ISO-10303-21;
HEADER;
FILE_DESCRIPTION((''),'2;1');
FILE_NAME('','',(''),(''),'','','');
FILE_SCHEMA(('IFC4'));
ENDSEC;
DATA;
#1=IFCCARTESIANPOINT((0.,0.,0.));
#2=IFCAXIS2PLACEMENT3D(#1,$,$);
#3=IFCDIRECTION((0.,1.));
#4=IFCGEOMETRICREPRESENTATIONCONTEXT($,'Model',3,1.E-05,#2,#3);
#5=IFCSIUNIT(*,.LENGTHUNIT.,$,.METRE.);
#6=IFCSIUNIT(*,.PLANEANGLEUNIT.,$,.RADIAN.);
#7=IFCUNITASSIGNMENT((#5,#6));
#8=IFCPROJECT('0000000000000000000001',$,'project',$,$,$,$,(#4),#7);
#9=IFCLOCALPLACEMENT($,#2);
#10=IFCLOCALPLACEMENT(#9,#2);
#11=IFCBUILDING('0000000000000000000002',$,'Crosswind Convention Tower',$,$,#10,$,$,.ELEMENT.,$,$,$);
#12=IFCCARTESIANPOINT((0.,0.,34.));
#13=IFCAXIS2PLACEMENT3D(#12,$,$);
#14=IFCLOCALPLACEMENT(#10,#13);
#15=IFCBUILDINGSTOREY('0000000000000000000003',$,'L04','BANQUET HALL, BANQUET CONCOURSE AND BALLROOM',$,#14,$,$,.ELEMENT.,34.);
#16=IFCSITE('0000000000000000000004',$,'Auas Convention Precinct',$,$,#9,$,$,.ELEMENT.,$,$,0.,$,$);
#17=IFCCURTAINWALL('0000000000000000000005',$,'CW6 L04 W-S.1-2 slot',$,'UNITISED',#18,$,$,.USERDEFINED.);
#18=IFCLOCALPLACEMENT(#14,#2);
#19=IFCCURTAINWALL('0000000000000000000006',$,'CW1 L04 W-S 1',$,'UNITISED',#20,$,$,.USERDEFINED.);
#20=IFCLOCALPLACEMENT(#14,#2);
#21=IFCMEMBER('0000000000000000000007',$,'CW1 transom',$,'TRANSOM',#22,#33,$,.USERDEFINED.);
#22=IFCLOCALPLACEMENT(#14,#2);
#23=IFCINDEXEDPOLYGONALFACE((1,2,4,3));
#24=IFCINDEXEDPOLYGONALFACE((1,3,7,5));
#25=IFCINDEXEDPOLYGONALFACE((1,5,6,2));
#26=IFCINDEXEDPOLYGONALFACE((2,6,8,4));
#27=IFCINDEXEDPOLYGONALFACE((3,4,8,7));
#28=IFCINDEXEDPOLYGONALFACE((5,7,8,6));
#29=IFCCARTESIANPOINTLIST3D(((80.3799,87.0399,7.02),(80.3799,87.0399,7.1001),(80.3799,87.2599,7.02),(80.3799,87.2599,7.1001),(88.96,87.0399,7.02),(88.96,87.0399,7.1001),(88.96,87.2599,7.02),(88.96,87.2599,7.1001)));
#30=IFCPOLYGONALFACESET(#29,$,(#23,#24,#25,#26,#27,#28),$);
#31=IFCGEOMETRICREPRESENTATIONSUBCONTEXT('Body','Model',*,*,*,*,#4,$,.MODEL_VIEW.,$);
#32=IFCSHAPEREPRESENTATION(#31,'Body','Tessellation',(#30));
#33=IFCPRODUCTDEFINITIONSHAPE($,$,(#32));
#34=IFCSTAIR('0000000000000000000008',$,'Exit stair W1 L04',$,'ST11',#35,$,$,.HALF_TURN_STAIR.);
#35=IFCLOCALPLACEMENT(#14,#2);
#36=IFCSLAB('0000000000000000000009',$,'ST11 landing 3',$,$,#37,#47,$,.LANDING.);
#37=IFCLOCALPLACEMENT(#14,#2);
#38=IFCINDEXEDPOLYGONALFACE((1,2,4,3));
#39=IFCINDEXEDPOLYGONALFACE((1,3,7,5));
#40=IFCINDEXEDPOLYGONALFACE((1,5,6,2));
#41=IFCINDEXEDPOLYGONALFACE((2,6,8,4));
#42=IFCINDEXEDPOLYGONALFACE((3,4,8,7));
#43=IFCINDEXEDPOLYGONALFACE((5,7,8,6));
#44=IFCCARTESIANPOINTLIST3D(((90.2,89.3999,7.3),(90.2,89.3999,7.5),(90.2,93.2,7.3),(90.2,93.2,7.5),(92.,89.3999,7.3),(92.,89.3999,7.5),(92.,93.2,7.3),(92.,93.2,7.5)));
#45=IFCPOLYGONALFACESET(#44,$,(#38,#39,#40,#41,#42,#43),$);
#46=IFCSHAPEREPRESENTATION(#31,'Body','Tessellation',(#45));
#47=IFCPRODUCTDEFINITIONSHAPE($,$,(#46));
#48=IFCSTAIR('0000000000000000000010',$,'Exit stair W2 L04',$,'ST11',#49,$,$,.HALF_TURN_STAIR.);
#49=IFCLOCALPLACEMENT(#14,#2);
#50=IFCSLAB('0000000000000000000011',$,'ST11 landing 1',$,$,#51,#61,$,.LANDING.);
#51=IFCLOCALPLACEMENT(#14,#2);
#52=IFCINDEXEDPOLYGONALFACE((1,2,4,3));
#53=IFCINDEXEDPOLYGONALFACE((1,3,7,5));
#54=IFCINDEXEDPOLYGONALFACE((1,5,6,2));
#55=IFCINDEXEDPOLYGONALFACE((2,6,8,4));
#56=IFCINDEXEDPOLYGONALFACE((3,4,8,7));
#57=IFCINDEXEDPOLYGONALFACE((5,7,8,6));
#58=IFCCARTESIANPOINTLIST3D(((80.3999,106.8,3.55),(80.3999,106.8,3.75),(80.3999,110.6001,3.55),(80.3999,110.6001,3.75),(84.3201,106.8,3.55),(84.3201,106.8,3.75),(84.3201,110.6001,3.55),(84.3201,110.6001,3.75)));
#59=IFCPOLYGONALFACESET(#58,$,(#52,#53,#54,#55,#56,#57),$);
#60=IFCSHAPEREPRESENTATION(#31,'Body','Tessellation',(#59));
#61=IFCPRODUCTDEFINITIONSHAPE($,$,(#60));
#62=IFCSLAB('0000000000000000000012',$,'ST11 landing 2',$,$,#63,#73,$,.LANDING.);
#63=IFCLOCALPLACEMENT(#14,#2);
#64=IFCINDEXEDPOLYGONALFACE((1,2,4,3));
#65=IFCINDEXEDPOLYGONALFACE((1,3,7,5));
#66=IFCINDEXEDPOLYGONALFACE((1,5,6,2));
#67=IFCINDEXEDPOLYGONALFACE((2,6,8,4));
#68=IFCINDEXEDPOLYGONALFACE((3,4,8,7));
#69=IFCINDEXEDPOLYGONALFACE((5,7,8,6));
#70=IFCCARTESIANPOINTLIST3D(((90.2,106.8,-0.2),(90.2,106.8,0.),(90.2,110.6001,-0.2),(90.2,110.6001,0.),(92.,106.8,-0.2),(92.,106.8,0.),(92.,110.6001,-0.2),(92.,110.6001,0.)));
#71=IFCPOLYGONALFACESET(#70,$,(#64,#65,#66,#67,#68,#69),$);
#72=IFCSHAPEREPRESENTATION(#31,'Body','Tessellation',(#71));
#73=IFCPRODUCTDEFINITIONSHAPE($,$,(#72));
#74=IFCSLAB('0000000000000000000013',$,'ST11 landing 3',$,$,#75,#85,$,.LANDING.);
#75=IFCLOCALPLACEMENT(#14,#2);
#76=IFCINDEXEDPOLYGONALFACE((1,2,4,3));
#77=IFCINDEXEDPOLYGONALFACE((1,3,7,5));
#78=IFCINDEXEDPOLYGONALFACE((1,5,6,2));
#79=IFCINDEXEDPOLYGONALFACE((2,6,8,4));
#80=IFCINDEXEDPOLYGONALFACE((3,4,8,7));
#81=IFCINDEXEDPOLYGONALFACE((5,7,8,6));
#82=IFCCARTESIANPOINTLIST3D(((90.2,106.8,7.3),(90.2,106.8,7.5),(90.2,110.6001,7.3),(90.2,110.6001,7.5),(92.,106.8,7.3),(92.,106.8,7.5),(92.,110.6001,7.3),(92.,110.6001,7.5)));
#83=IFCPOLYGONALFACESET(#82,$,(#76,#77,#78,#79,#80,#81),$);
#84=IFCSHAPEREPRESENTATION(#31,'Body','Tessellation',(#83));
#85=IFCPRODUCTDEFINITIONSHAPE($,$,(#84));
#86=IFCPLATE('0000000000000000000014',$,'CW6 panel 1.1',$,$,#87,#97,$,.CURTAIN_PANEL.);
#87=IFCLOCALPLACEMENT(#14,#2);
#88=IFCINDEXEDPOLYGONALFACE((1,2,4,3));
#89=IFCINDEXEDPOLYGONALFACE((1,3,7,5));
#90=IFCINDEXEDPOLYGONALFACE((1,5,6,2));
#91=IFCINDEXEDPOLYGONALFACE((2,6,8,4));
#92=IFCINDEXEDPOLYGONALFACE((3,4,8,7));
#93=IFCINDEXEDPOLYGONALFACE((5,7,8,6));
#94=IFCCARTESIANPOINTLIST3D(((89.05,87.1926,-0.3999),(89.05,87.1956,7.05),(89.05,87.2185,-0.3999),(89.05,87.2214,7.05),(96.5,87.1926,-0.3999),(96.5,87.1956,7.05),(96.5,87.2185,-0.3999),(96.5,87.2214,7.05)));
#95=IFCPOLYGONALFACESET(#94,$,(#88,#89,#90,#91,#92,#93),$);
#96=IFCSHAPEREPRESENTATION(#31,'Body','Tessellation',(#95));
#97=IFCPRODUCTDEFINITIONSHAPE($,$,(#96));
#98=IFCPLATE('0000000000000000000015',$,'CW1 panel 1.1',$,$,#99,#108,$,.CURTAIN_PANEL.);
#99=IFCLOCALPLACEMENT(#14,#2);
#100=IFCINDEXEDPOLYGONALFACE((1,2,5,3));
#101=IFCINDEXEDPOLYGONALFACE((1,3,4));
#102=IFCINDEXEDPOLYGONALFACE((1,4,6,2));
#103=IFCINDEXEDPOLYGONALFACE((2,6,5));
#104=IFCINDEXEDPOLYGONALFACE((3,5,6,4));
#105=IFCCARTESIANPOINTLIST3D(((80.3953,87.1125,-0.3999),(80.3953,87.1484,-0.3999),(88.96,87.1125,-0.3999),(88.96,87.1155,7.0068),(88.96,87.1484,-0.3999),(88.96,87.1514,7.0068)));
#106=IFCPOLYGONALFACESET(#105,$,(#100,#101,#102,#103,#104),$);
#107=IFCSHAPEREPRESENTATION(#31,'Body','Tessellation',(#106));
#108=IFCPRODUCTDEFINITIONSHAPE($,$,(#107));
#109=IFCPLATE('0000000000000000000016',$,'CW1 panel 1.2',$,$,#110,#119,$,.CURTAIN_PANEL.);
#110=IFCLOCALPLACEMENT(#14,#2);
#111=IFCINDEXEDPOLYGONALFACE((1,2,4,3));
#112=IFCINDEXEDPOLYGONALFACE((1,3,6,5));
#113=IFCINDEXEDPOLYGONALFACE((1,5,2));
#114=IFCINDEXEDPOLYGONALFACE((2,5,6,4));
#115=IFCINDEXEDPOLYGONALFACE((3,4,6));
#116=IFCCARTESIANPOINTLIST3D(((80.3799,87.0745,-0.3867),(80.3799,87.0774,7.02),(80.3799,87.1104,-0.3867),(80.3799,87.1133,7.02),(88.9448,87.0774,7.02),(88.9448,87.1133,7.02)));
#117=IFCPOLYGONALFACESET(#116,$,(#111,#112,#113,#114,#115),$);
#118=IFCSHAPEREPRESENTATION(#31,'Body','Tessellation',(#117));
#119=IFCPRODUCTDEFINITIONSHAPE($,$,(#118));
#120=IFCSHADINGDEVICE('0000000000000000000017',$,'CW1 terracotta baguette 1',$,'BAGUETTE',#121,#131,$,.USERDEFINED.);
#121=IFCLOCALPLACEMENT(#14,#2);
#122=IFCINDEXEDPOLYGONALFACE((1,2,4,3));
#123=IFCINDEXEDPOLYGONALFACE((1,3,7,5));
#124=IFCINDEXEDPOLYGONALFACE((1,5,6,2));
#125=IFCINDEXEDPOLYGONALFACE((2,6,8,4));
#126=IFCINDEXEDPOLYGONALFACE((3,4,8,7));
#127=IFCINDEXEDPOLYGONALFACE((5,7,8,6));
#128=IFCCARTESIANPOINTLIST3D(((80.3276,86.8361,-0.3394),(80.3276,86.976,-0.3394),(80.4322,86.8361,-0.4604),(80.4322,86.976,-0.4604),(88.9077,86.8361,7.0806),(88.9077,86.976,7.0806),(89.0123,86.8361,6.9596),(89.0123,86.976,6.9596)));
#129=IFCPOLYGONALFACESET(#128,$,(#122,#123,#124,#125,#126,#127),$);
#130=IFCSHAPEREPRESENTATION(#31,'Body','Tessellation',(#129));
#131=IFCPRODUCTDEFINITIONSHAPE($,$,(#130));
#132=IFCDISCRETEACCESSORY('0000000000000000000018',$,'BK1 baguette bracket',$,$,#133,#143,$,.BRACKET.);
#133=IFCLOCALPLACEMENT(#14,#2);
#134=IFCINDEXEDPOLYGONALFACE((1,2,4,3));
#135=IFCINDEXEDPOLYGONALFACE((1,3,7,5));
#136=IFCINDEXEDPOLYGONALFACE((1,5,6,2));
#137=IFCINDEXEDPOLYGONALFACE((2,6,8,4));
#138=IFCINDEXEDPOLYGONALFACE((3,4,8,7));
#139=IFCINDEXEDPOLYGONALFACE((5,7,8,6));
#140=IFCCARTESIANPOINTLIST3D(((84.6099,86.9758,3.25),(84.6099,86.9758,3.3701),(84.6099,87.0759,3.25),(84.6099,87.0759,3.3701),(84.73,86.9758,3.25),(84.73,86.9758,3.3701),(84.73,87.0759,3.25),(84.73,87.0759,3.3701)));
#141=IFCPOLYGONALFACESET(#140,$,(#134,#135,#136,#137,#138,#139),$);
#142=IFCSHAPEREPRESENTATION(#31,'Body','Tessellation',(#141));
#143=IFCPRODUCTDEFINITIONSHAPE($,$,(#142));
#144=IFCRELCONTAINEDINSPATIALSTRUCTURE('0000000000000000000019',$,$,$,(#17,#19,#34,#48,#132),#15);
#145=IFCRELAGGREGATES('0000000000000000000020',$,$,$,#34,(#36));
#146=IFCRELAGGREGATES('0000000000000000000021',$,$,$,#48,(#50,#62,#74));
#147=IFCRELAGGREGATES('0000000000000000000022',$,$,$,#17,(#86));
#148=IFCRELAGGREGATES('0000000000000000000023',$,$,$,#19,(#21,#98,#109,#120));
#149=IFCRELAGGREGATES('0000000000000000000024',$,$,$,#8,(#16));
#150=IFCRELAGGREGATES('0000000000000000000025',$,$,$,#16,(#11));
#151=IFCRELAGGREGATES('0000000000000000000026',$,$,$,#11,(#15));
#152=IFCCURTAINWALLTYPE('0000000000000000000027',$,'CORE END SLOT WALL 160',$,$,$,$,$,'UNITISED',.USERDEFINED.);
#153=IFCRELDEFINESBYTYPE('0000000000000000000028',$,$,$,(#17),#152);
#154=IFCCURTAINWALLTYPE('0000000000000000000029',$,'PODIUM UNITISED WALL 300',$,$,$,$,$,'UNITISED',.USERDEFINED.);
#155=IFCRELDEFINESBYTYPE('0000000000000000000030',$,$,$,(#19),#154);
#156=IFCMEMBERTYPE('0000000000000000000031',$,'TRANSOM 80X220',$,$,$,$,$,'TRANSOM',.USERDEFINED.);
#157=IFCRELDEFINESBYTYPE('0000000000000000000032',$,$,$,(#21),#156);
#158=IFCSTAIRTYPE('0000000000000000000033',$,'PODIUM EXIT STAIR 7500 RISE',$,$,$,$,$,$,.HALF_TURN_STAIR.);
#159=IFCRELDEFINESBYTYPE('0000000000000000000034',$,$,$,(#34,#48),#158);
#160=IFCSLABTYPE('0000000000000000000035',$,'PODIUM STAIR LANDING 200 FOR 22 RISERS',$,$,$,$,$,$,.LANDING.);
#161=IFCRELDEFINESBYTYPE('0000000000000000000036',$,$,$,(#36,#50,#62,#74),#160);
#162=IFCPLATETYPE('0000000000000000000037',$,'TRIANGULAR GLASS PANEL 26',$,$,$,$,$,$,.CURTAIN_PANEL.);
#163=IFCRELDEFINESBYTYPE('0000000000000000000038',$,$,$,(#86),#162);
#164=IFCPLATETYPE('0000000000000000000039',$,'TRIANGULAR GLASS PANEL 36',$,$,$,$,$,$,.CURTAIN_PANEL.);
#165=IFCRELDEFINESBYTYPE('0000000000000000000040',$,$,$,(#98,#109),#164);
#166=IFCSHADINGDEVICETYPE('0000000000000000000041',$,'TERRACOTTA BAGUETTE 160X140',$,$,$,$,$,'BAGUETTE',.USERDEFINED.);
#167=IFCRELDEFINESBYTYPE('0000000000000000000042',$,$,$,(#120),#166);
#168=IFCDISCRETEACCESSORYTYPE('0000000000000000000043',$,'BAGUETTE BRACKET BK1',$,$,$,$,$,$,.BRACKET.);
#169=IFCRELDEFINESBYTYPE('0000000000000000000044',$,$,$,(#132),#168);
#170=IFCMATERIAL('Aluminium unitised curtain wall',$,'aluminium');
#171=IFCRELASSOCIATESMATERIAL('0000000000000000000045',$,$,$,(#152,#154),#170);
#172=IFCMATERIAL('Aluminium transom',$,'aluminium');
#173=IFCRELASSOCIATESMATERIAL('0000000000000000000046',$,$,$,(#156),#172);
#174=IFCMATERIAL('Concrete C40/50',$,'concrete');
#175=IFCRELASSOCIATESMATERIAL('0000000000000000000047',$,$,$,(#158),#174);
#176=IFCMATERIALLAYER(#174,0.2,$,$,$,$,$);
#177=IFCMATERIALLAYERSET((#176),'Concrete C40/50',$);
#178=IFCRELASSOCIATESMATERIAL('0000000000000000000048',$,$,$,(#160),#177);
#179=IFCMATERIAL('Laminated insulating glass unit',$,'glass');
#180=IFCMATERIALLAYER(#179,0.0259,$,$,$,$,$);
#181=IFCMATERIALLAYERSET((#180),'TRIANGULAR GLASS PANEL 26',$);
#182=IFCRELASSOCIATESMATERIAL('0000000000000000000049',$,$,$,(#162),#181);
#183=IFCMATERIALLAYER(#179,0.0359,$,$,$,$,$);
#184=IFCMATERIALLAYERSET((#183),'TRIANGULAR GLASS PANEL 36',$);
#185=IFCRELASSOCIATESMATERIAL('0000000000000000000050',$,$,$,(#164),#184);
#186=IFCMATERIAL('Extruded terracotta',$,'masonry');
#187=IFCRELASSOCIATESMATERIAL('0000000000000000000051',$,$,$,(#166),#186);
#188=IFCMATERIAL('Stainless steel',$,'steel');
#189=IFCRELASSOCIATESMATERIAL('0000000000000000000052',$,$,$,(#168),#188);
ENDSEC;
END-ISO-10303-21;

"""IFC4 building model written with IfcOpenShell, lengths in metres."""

from ifc_helpers import new_model, si_unit, direction, frame, origin, origin_2d, place, context, subcontext, project, spatial, polyline, rectangle, outline, extrude, material, layer, layer_set, material_profile, profile_set, type_object, element, aggregate, save


model = new_model("IFC4")

# Units and contexts
model_context = context("Model", 3, precision=1e-05, world=origin(), true_north=direction((0.0, 1.0)))
body_context = subcontext(model_context, "Body", "Model", "MODEL_VIEW")
ifc_project = project(units=[si_unit("LENGTHUNIT", "METRE"), si_unit("PLANEANGLEUNIT", "RADIAN")], contexts=[model_context])

# Site, building, storey
site_placement = place(None, origin())
site = spatial("IfcSite", under=ifc_project, at=site_placement, Name="Auas Convention Precinct", CompositionType="ELEMENT", RefElevation=0.0)
building_placement = place(site_placement, origin())
building = spatial("IfcBuilding", under=site, at=building_placement, Name="Crosswind Convention Tower", CompositionType="ELEMENT")
storey_placement = place(building_placement, frame((0.0, 0.0, 34.0)))
storey = spatial("IfcBuildingStorey", under=building, at=storey_placement, Name="L04", Description="BANQUET HALL, BANQUET CONCOURSE AND BALLROOM", CompositionType="ELEMENT", Elevation=34.0)

# Curtain wall
ifc_material_1 = material(Name="Aluminium unitised curtain wall", Category="aluminium")
curtain_wall_type_1 = type_object("IfcCurtainWallType", Name="CORE END SLOT WALL 160", ElementType="UNITISED", PredefinedType="USERDEFINED", material=ifc_material_1)
curtain_wall_1_placement = place(storey_placement, origin())
curtain_wall_1 = element("IfcCurtainWall", 1, at=curtain_wall_1_placement, inside=storey, type_object=curtain_wall_type_1, Name="CW6 L04 W-S.1-2 slot", ObjectType="UNITISED", PredefinedType="USERDEFINED")

# Curtain wall
curtain_wall_type_2 = type_object("IfcCurtainWallType", Name="PODIUM UNITISED WALL 300", ElementType="UNITISED", PredefinedType="USERDEFINED", material=ifc_material_1)
curtain_wall_2_placement = place(storey_placement, origin())
curtain_wall_2 = element("IfcCurtainWall", 2, at=curtain_wall_2_placement, inside=storey, type_object=curtain_wall_type_2, Name="CW1 L04 W-S 1", ObjectType="UNITISED", PredefinedType="USERDEFINED")

# Member
ifc_material_2 = material(Name="Aluminium transom", Category="aluminium")
ifc_material_profile_1 = material_profile(ifc_material_2, rectangle(XDim=0.22, YDim=0.0801, at=origin_2d()), Name="AL 220X80")
ifc_profile_set_1 = profile_set([ifc_material_profile_1], Name="Aluminium transom")
member_type_1 = type_object("IfcMemberType", Name="TRANSOM 80X220", ElementType="TRANSOM", PredefinedType="USERDEFINED", material=ifc_profile_set_1)
member_1_placement = place(storey_placement, frame((80.3799, 87.1499, 7.0601), z_axis=(1.0, 0.0, 0.0), x_axis=(0.0, 1.0, 0.0)))
member_1 = element("IfcMember", 3, at=member_1_placement, type_object=member_type_1, Name="CW1 transom", ObjectType="TRANSOM", PredefinedType="USERDEFINED", context=body_context, shape_type="SweptSolid", body=[
    extrude(rectangle(XDim=0.22, YDim=0.0801, at=origin_2d()), origin(), (0.0, 0.0, 1.0), 8.5801),
])

# Stair, slab
ifc_material_3 = material(Name="Concrete C40/50", Category="concrete")
stair_type = type_object("IfcStairType", Name="PODIUM EXIT STAIR 7500 RISE", PredefinedType="HALF_TURN_STAIR", material=ifc_material_3)
stair_1_placement = place(storey_placement, origin())
stair_1 = element("IfcStair", 4, at=stair_1_placement, inside=storey, type_object=stair_type, Name="Exit stair W1 L04", ObjectType="ST11", PredefinedType="HALF_TURN_STAIR")
ifc_layer_1 = layer(ifc_material_3, 0.2)
ifc_layer_set_1 = layer_set([ifc_layer_1], Name="Concrete C40/50")
slab_type = type_object("IfcSlabType", Name="PODIUM STAIR LANDING 200 FOR 22 RISERS", PredefinedType="LANDING", material=ifc_layer_set_1)
slab_1_placement = place(storey_placement, frame((0.0, 0.0, 7.3)))
slab_1 = element("IfcSlab", 5, at=slab_1_placement, type_object=slab_type, Name="ST11 landing 3", PredefinedType="LANDING", context=body_context, shape_type="SweptSolid", body=[
    extrude(outline(polyline([(92.0, 93.2), (90.2, 93.2), (90.2, 89.3999), (92.0, 89.3999), (92.0, 93.2)])), origin(), (0.0, 0.0, 1.0), 0.2),
])
aggregate(stair_1, [slab_1])

# Stair, slabs
stair_2_placement = place(storey_placement, origin())
stair_2 = element("IfcStair", 6, at=stair_2_placement, inside=storey, type_object=stair_type, Name="Exit stair W2 L04", ObjectType="ST11", PredefinedType="HALF_TURN_STAIR")
slab_2_placement = place(storey_placement, frame((0.0, 0.0, 3.55)))
slab_2 = element("IfcSlab", 7, at=slab_2_placement, type_object=slab_type, Name="ST11 landing 1", PredefinedType="LANDING", context=body_context, shape_type="SweptSolid", body=[
    extrude(outline(polyline([(84.3201, 110.6001), (80.3999, 110.6001), (80.3999, 106.8), (84.3201, 106.8), (84.3201, 110.6001)])), origin(), (0.0, 0.0, 1.0), 0.2),
])
slab_3_placement = place(storey_placement, frame((0.0, 0.0, -0.2)))
slab_3 = element("IfcSlab", 8, at=slab_3_placement, type_object=slab_type, Name="ST11 landing 2", PredefinedType="LANDING", context=body_context, shape_type="SweptSolid", body=[
    extrude(outline(polyline([(92.0, 110.6001), (90.2, 110.6001), (90.2, 106.8), (92.0, 106.8), (92.0, 110.6001)])), origin(), (0.0, 0.0, 1.0), 0.2),
])
slab_4_placement = place(storey_placement, frame((0.0, 0.0, 7.3)))
slab_4 = element("IfcSlab", 9, at=slab_4_placement, type_object=slab_type, Name="ST11 landing 3", PredefinedType="LANDING", context=body_context, shape_type="SweptSolid", body=[
    extrude(outline(polyline([(92.0, 110.6001), (90.2, 110.6001), (90.2, 106.8), (92.0, 106.8), (92.0, 110.6001)])), origin(), (0.0, 0.0, 1.0), 0.2),
])
aggregate(stair_2, [slab_2, slab_3, slab_4])

# Plates
ifc_material_4 = material(Name="Laminated insulating glass unit", Category="glass")
ifc_layer_2 = layer(ifc_material_4, 0.0259)
ifc_layer_set_2 = layer_set([ifc_layer_2], Name="TRIANGULAR GLASS PANEL 26")
plate_type_1 = type_object("IfcPlateType", Name="TRIANGULAR GLASS PANEL 26", PredefinedType="CURTAIN_PANEL", material=ifc_layer_set_2)
plate_1_placement = place(storey_placement, frame((89.05, 87.1926, -0.3999), z_axis=(0.0, -1.0, 0.000393), x_axis=(1.0, 0.0, 0.0)))
plate_1 = element("IfcPlate", 10, at=plate_1_placement, type_object=plate_type_1, Name="CW6 panel 1.1", PredefinedType="CURTAIN_PANEL", context=body_context, shape_type="SweptSolid", body=[
    extrude(outline(polyline([(0.0, 0.0), (7.45, 0.0), (7.45, 7.45), (0.0, 7.45), (0.0, 0.0)])), origin(), (0.0, 0.0, -1.0), 0.0259),
])
aggregate(curtain_wall_1, [plate_1])
ifc_layer_3 = layer(ifc_material_4, 0.0359)
ifc_layer_set_3 = layer_set([ifc_layer_3], Name="TRIANGULAR GLASS PANEL 36")
plate_type_2 = type_object("IfcPlateType", Name="TRIANGULAR GLASS PANEL 36", PredefinedType="CURTAIN_PANEL", material=ifc_layer_set_3)
plate_2_placement = place(storey_placement, frame((88.96, 87.1125, -0.3999), z_axis=(0.0, -1.0, 0.000396), x_axis=(0.0, 0.000396, 1.0)))
plate_2 = element("IfcPlate", 11, at=plate_2_placement, type_object=plate_type_2, Name="CW1 panel 1.1", PredefinedType="CURTAIN_PANEL", context=body_context, shape_type="SweptSolid", body=[
    extrude(outline(polyline([(0.0, 0.0), (7.4067, 0.0), (0.0, 8.5647), (0.0, 0.0)])), origin(), (0.0, 0.0, -1.0), 0.0359),
])
plate_3_placement = place(storey_placement, frame((80.3799, 87.0774, 7.02), z_axis=(0.0, -1.0, 0.000396), x_axis=(0.0, -0.000396, -1.0)))
plate_3 = element("IfcPlate", 12, at=plate_3_placement, type_object=plate_type_2, Name="CW1 panel 1.2", PredefinedType="CURTAIN_PANEL", context=body_context, shape_type="SweptSolid", body=[
    extrude(outline(polyline([(0.0, 0.0), (7.4067, 0.0), (0.0, 8.5649), (0.0, 0.0)])), origin(), (0.0, 0.0, -1.0), 0.0359),
])

# Shading device
ifc_material_5 = material(Name="Extruded terracotta", Category="masonry")
ifc_material_profile_2 = material_profile(ifc_material_5, rectangle(XDim=0.1399, YDim=0.1599, at=origin_2d()), Name="TC 140X160")
ifc_profile_set_2 = profile_set([ifc_material_profile_2], Name="Extruded terracotta")
shading_device_type = type_object("IfcShadingDeviceType", Name="TERRACOTTA BAGUETTE 160X140", ElementType="BAGUETTE", PredefinedType="USERDEFINED", material=ifc_profile_set_2)
shading_device_placement = place(storey_placement, frame((80.3799, 86.906, -0.3999), z_axis=(0.756393, 0.0, 0.654117), x_axis=(0.0, 1.0, 0.0)))
shading_device = element("IfcShadingDevice", 13, at=shading_device_placement, type_object=shading_device_type, Name="CW1 terracotta baguette 1", ObjectType="BAGUETTE", PredefinedType="USERDEFINED", context=body_context, shape_type="SweptSolid", body=[
    extrude(rectangle(XDim=0.1399, YDim=0.1599, at=origin_2d()), origin(), (0.0, 0.0, 1.0), 11.3435),
])
aggregate(curtain_wall_2, [member_1, plate_2, plate_3, shading_device])

# Discrete accessory
ifc_material_6 = material(Name="Stainless steel", Category="steel")
discrete_accessory_type = type_object("IfcDiscreteAccessoryType", Name="BAGUETTE BRACKET BK1", PredefinedType="BRACKET", material=ifc_material_6)
discrete_accessory_placement = place(storey_placement, frame((84.6699, 87.0259, 3.25), z_axis=(0.0, 0.0, 1.0), x_axis=(1.0, 0.0, 0.0)))
element("IfcDiscreteAccessory", 14, at=discrete_accessory_placement, inside=storey, type_object=discrete_accessory_type, Name="BK1 baguette bracket", PredefinedType="BRACKET", context=body_context, shape_type="SweptSolid", body=[
    extrude(rectangle(XDim=0.1201, YDim=0.1001, at=origin_2d()), origin(), (0.0, 0.0, 1.0), 0.1201),
])

save(model, "model.ifc")
